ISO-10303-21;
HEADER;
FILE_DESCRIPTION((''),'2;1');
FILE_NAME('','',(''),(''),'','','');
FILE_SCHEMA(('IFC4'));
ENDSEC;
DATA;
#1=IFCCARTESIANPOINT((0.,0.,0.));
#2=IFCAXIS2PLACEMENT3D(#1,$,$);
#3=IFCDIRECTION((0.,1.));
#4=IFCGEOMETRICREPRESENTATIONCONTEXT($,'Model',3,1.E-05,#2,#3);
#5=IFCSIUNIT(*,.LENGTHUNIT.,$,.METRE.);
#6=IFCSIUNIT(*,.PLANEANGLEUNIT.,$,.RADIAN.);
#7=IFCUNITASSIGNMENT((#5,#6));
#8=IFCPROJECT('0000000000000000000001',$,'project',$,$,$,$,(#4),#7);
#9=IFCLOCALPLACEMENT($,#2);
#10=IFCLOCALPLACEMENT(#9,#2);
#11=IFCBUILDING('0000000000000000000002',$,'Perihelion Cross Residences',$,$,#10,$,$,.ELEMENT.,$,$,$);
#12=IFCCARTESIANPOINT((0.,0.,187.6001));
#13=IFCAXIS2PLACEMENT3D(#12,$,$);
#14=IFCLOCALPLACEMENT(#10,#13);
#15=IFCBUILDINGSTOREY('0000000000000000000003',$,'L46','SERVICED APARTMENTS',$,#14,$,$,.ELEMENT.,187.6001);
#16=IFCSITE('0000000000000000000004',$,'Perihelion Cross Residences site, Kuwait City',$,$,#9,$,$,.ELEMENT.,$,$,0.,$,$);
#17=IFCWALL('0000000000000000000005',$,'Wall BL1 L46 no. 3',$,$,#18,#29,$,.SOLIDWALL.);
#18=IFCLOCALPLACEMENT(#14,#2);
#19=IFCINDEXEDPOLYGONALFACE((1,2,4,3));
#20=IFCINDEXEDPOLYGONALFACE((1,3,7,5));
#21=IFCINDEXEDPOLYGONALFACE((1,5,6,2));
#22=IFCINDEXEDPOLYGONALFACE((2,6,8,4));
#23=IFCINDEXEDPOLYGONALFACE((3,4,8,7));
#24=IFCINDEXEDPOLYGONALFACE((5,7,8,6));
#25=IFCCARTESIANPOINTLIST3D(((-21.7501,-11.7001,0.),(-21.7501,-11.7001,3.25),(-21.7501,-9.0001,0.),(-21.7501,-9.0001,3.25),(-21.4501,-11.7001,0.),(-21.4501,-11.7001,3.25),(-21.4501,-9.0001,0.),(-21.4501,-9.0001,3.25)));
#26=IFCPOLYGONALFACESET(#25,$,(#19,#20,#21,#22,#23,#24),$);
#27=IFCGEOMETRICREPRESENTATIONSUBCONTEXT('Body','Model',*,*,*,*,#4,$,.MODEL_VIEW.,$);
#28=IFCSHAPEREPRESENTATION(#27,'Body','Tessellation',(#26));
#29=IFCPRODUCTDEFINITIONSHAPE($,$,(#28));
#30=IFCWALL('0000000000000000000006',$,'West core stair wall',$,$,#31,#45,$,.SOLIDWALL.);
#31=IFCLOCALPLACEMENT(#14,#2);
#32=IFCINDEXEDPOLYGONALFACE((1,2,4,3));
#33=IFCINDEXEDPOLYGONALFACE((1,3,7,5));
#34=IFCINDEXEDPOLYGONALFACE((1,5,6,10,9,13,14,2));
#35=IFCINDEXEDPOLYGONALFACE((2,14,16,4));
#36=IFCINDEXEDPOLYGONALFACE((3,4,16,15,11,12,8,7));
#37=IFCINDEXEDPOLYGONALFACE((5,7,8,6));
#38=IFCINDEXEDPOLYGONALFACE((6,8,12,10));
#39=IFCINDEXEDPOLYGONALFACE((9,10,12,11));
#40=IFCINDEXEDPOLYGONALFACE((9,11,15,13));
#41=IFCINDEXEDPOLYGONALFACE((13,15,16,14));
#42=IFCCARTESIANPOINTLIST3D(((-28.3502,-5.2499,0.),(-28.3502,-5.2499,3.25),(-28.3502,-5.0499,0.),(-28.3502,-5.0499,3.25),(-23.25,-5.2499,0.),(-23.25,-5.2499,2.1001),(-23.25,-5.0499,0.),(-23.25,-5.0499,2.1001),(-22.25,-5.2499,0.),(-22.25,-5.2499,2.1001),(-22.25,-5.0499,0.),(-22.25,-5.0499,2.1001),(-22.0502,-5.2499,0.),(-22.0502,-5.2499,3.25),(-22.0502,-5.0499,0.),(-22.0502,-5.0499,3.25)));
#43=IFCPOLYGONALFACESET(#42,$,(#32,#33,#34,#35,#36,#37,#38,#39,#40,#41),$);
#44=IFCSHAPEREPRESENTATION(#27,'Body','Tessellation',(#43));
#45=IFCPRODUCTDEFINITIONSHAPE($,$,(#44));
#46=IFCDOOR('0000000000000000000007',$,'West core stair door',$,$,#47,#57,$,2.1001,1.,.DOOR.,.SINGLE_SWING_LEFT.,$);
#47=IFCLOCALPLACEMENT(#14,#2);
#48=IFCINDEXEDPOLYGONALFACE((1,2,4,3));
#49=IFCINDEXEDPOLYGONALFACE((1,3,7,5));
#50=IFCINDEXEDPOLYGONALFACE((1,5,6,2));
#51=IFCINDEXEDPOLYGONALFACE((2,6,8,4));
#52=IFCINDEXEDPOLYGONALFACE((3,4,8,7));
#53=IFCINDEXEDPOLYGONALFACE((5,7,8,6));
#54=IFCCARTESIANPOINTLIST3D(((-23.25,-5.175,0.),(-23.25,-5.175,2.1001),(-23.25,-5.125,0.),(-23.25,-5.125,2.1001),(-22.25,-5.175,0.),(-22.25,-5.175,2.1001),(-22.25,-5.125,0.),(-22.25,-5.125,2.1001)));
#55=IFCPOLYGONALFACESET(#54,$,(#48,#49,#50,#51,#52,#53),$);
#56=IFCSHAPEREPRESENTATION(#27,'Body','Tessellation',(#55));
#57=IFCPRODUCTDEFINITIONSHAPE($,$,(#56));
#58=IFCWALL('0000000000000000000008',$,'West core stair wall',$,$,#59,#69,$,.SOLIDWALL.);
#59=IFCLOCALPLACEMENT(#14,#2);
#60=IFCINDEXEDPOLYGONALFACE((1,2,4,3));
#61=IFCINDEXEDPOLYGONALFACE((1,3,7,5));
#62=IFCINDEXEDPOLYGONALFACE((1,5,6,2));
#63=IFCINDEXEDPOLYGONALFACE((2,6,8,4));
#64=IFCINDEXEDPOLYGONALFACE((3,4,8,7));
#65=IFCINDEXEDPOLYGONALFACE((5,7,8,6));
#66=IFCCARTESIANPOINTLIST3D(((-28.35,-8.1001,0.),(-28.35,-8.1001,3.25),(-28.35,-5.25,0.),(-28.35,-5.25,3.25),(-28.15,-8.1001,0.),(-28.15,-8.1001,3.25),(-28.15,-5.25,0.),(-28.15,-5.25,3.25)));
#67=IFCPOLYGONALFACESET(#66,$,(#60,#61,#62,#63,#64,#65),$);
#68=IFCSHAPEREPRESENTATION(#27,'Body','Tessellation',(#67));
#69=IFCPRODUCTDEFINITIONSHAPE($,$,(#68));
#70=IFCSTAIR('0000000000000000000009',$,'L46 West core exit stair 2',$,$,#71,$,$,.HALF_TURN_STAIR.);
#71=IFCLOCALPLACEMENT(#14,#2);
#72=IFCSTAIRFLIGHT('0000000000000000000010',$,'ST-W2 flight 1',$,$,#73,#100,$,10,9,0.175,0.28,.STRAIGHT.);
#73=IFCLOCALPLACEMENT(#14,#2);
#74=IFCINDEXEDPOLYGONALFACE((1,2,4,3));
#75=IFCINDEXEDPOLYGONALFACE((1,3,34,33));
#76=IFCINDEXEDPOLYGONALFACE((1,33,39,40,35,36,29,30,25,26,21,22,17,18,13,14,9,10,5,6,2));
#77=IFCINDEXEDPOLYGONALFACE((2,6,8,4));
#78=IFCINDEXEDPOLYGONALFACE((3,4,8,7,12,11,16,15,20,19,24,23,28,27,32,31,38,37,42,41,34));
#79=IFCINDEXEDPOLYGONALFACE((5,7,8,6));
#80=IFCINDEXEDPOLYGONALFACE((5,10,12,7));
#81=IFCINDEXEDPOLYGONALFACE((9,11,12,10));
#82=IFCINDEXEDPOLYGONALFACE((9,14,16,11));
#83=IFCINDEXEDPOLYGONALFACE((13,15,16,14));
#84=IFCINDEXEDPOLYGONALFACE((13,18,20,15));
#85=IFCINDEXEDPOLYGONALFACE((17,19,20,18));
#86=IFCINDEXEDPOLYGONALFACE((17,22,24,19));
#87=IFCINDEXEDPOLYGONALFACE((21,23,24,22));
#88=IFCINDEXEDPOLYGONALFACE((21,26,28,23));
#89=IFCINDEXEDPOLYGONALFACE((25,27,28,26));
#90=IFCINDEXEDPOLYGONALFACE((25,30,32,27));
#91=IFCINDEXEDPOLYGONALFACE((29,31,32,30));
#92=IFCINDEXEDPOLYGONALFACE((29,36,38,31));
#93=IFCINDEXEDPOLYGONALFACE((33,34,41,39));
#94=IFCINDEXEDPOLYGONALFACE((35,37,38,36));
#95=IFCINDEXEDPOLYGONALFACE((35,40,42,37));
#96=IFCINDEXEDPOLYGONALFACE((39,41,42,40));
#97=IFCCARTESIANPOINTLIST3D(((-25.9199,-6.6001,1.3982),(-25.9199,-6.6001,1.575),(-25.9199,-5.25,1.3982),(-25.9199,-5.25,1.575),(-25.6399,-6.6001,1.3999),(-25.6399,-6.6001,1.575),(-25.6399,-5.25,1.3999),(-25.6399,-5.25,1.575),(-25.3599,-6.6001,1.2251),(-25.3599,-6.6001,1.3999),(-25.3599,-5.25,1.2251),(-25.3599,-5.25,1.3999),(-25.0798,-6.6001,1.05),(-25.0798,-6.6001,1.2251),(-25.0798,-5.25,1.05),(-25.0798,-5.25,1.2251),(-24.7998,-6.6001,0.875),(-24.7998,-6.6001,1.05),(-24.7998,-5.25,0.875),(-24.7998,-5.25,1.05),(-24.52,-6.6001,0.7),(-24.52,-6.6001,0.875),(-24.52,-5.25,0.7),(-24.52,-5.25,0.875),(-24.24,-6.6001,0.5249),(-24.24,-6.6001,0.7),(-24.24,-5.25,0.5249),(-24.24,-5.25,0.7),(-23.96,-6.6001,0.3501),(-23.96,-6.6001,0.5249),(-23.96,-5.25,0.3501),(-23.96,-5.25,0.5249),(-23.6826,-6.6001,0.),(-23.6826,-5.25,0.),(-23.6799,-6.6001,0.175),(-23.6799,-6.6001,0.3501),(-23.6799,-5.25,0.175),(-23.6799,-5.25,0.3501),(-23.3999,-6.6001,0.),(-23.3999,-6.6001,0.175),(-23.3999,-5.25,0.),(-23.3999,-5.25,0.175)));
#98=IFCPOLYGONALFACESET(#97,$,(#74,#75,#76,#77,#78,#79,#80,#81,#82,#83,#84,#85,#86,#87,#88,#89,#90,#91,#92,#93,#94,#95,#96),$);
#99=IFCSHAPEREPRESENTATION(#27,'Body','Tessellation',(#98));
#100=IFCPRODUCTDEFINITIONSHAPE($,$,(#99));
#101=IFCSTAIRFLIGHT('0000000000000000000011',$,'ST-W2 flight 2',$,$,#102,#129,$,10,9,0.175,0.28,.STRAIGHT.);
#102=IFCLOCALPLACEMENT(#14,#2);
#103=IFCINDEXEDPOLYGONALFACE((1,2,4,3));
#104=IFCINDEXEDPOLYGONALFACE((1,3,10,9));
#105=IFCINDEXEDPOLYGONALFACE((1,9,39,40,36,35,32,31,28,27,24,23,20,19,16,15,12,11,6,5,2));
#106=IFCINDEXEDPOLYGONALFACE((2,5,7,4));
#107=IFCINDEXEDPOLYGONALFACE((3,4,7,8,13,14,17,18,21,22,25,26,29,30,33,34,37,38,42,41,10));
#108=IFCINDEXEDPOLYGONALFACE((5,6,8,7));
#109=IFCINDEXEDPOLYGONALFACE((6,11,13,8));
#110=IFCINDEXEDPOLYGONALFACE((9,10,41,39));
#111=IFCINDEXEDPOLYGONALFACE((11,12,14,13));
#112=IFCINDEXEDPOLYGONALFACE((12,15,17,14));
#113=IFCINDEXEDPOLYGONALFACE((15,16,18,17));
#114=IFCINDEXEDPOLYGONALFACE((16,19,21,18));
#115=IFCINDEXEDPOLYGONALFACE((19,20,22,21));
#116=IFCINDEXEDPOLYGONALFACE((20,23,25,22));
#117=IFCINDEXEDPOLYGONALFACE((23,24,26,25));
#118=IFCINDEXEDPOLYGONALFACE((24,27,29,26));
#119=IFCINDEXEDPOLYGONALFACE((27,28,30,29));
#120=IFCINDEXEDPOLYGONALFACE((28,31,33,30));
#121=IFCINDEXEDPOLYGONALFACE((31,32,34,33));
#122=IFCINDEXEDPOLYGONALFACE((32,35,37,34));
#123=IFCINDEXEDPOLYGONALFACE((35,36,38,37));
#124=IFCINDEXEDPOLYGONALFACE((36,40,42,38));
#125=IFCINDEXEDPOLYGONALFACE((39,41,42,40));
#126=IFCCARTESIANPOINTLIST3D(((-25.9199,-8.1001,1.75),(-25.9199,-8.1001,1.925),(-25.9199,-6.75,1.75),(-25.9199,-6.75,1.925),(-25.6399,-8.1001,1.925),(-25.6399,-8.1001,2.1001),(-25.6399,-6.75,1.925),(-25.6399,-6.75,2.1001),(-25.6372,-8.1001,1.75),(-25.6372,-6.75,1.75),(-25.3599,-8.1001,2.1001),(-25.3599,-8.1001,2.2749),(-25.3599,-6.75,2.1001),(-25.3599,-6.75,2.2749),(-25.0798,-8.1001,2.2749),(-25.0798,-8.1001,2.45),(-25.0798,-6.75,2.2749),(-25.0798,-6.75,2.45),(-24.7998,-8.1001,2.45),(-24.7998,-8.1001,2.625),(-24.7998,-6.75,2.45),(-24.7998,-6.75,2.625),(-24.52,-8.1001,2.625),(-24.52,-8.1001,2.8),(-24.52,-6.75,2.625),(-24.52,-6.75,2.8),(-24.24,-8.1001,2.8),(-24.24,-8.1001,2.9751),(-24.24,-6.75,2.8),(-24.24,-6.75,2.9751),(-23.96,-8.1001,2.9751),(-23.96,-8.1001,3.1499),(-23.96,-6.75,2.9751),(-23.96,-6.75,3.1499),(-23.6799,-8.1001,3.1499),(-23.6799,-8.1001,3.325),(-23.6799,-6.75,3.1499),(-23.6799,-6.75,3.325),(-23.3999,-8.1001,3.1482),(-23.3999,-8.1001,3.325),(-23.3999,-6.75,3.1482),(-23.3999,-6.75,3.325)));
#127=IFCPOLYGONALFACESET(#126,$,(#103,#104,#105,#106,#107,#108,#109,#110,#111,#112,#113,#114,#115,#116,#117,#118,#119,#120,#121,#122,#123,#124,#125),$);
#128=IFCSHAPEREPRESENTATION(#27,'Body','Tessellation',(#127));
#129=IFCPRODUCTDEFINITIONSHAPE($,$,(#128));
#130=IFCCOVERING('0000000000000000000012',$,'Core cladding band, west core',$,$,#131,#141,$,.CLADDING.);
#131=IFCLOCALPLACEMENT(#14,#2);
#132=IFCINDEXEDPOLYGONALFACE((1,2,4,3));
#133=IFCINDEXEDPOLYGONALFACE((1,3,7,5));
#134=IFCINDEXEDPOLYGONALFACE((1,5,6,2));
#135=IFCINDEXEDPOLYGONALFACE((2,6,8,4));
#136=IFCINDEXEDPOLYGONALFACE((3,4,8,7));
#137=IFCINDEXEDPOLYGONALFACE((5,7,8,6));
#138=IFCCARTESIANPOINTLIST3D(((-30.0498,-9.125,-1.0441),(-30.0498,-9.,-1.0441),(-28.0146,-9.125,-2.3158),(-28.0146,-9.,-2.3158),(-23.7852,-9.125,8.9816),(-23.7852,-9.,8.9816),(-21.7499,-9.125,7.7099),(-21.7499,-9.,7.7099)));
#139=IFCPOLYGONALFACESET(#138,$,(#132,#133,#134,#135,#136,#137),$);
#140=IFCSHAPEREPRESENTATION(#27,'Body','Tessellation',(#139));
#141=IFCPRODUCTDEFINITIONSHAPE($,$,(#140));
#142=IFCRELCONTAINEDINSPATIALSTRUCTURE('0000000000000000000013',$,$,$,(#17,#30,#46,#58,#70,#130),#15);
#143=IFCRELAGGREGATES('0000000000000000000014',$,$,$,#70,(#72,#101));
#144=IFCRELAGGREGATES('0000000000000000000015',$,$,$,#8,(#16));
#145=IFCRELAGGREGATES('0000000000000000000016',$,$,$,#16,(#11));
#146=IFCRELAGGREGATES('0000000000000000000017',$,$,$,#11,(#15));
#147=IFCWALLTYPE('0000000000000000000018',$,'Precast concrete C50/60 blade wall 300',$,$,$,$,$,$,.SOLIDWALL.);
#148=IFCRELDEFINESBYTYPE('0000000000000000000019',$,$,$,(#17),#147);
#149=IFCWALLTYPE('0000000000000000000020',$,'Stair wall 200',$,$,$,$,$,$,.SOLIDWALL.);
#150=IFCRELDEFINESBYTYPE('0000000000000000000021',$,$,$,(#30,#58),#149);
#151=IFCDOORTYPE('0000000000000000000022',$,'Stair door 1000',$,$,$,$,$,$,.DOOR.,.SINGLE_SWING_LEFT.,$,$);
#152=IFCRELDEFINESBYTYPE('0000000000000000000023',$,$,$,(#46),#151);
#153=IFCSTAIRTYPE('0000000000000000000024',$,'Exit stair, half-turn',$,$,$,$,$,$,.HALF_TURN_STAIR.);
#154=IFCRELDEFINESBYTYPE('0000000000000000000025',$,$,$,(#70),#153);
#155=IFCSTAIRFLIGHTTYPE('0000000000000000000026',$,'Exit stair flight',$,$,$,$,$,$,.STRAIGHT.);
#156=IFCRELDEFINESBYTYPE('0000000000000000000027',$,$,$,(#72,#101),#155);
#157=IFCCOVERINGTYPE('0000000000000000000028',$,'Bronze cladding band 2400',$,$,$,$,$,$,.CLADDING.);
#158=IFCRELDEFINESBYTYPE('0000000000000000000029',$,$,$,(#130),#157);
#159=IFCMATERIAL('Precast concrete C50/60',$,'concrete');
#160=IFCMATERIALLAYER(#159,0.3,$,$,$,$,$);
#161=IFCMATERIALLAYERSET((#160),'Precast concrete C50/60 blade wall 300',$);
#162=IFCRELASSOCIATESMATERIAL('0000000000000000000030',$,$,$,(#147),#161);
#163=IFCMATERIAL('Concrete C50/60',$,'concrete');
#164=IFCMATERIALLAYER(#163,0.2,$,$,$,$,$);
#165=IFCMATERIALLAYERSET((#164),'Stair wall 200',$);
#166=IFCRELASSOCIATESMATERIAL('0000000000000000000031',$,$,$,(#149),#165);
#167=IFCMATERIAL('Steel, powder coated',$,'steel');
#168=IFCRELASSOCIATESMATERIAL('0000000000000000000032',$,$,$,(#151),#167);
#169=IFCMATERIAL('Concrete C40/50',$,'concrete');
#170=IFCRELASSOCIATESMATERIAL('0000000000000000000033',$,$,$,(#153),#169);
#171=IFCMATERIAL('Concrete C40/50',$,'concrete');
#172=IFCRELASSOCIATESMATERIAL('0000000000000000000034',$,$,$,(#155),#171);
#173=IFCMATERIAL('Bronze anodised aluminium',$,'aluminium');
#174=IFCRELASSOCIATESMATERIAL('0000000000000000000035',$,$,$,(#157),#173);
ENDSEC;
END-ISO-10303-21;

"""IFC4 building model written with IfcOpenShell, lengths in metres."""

from ifc_helpers import new_model, si_unit, direction, frame, frame_2d, origin, origin_2d, place, context, subcontext, project, spatial, polyline, rectangle, outline, extrude, material, layer, layer_set, material_profile, profile_set, type_object, element, fill, aggregate, save


model = new_model("IFC4")

# Units and contexts
model_context = context("Model", 3, precision=1e-05, world=origin(), true_north=direction((0.0, 1.0)))
body_context = subcontext(model_context, "Body", "Model", "MODEL_VIEW")
ifc_project = project(units=[si_unit("LENGTHUNIT", "METRE"), si_unit("PLANEANGLEUNIT", "RADIAN")], contexts=[model_context])

# Site, building, storey
site_placement = place(None, origin())
site = spatial("IfcSite", under=ifc_project, at=site_placement, Name="Perihelion Cross Residences site, Kuwait City", CompositionType="ELEMENT", RefElevation=0.0)
building_placement = place(site_placement, origin())
building = spatial("IfcBuilding", under=site, at=building_placement, Name="Perihelion Cross Residences", CompositionType="ELEMENT")
storey_placement = place(building_placement, frame((0.0, 0.0, 187.6001)))
storey = spatial("IfcBuildingStorey", under=building, at=storey_placement, Name="L46", Description="SERVICED APARTMENTS", CompositionType="ELEMENT", Elevation=187.6001)

# Wall
ifc_material_1 = material(Name="Precast concrete C50/60", Category="concrete")
ifc_layer_1 = layer(ifc_material_1, 0.3)
ifc_layer_set_1 = layer_set([ifc_layer_1], Name="Precast concrete C50/60 blade wall 300")
wall_type_1 = type_object("IfcWallType", Name="Precast concrete C50/60 blade wall 300", PredefinedType="SOLIDWALL", material=ifc_layer_set_1)
wall_1_placement = place(storey_placement, frame((-21.6001, -9.0, 0.0), z_axis=(0.0, 0.0, 1.0), x_axis=(0.0, -1.0, 0.0)))
element("IfcWall", 1, at=wall_1_placement, inside=storey, type_object=wall_type_1, Name="Wall BL1 L46 no. 3", PredefinedType="SOLIDWALL", context=body_context, shape_type="SweptSolid", body=[
    extrude(rectangle(XDim=2.7, YDim=0.3, at=frame_2d((1.3501, 0.0))), origin(), (0.0, 0.0, 1.0), 3.25),
])

# Wall, opening, door
ifc_material_2 = material(Name="Concrete C50/60", Category="concrete")
ifc_layer_2 = layer(ifc_material_2, 0.2)
ifc_layer_set_2 = layer_set([ifc_layer_2], Name="Stair wall 200")
wall_type_2 = type_object("IfcWallType", Name="Stair wall 200", PredefinedType="SOLIDWALL", material=ifc_layer_set_2)
wall_2_placement = place(storey_placement, frame((-28.3501, -5.1499, 0.0), z_axis=(0.0, 0.0, 1.0), x_axis=(1.0, 0.0, 0.0)))
wall_2 = element("IfcWall", 2, at=wall_2_placement, inside=storey, type_object=wall_type_2, Name="West core stair wall", PredefinedType="SOLIDWALL", context=body_context, shape_type="SweptSolid", body=[
    extrude(rectangle(XDim=6.3, YDim=0.2, at=frame_2d((3.1499, 0.0))), origin(), (0.0, 0.0, 1.0), 3.25),
])
opening_1_placement = place(wall_2_placement, frame((5.1001, 0.0, 0.0)))
opening_1 = element("IfcOpeningElement", 3, at=opening_1_placement, cuts=wall_2, PredefinedType="OPENING", context=body_context, shape_type="SweptSolid", body=[
    extrude(rectangle(XDim=1.0, YDim=2.1001, at=frame_2d((0.5, 1.05))), frame((0.0, 0.1099, 0.0), z_axis=(0.0, -1.0, 0.0), x_axis=(1.0, 0.0, 0.0)), (0.0, 0.0, 1.0), 0.22),
])
ifc_material_3 = material(Name="Steel, powder coated", Category="steel")
door_type_1 = type_object("IfcDoorType", Name="Stair door 1000", OperationType="SINGLE_SWING_LEFT", PredefinedType="DOOR", material=ifc_material_3)
door_1_placement = place(opening_1_placement, origin())
door_1 = element("IfcDoor", 4, at=door_1_placement, inside=storey, type_object=door_type_1, Name="West core stair door", OperationType="SINGLE_SWING_LEFT", OverallHeight=2.1001, OverallWidth=1.0, PredefinedType="DOOR", context=body_context, shape_type="SweptSolid", body=[
    extrude(rectangle(XDim=1.0, YDim=2.1001, at=frame_2d((0.5, 1.05))), frame((0.0, 0.0249, 0.0), z_axis=(0.0, -1.0, 0.0), x_axis=(1.0, 0.0, 0.0)), (0.0, 0.0, 1.0), 0.05),
])
fill(opening_1, door_1)

# Wall
wall_3_placement = place(storey_placement, frame((-28.25, -8.1001, 0.0), z_axis=(0.0, 0.0, 1.0), x_axis=(0.0, 1.0, 0.0)))
element("IfcWall", 5, at=wall_3_placement, inside=storey, type_object=wall_type_2, Name="West core stair wall", PredefinedType="SOLIDWALL", context=body_context, shape_type="SweptSolid", body=[
    extrude(rectangle(XDim=2.8501, YDim=0.2, at=frame_2d((1.425, 0.0))), origin(), (0.0, 0.0, 1.0), 3.25),
])

# Stair, stair flights
ifc_material_4 = material(Name="Concrete C40/50", Category="concrete")
stair_type = type_object("IfcStairType", Name="Exit stair, half-turn", PredefinedType="HALF_TURN_STAIR", material=ifc_material_4)
stair_placement = place(storey_placement, origin())
stair = element("IfcStair", 6, at=stair_placement, inside=storey, type_object=stair_type, Name="L46 West core exit stair 2", PredefinedType="HALF_TURN_STAIR")
ifc_material_5 = material(Name="Concrete C40/50", Category="concrete")
stair_flight_type = type_object("IfcStairFlightType", Name="Exit stair flight", PredefinedType="STRAIGHT", material=ifc_material_5)
stair_flight_1_placement = place(storey_placement, frame((-23.3999, -5.925, 0.0), z_axis=(0.0, 0.0, 1.0), x_axis=(-1.0, 0.0, 0.0)))
stair_flight_1 = element("IfcStairFlight", 7, at=stair_flight_1_placement, type_object=stair_flight_type, Name="ST-W2 flight 1", NumberOfRisers=10, NumberOfTreads=9, PredefinedType="STRAIGHT", RiserHeight=0.175, TreadLength=0.28, context=body_context, shape_type="SweptSolid", body=[
    extrude(outline(polyline([(0.0, 0.0), (0.0, 0.175), (0.28, 0.175), (0.28, 0.3501), (0.5601, 0.3501), (0.5601, 0.5249), (0.8401, 0.5249), (0.8401, 0.7), (1.1201, 0.7), (1.1201, 0.875), (1.3999, 0.875), (1.3999, 1.05), (1.6799, 1.05), (1.6799, 1.2251), (1.96, 1.2251), (1.96, 1.3999), (2.24, 1.3999), (2.24, 1.575), (2.52, 1.575), (2.52, 1.75), (2.52, 1.3982), (0.2827, 0.0), (0.0, 0.0)])), frame((0.0, 0.675, 0.0), z_axis=(0.0, -1.0, 0.0), x_axis=(1.0, 0.0, 0.0)), (0.0, 0.0, 1.0), 1.3501),
])
stair_flight_2_placement = place(storey_placement, frame((-25.9199, -7.425, 1.75), z_axis=(0.0, 0.0, 1.0), x_axis=(1.0, 0.0, 0.0)))
stair_flight_2 = element("IfcStairFlight", 8, at=stair_flight_2_placement, type_object=stair_flight_type, Name="ST-W2 flight 2", NumberOfRisers=10, NumberOfTreads=9, PredefinedType="STRAIGHT", RiserHeight=0.175, TreadLength=0.28, context=body_context, shape_type="SweptSolid", body=[
    extrude(outline(polyline([(0.0, 0.0), (0.0, 0.175), (0.28, 0.175), (0.28, 0.3501), (0.5601, 0.3501), (0.5601, 0.5249), (0.8401, 0.5249), (0.8401, 0.7), (1.1201, 0.7), (1.1201, 0.875), (1.3999, 0.875), (1.3999, 1.05), (1.6799, 1.05), (1.6799, 1.2251), (1.96, 1.2251), (1.96, 1.3999), (2.24, 1.3999), (2.24, 1.575), (2.52, 1.575), (2.52, 1.75), (2.52, 1.3982), (0.2827, 0.0), (0.0, 0.0)])), frame((0.0, 0.675, 0.0), z_axis=(0.0, -1.0, 0.0), x_axis=(1.0, 0.0, 0.0)), (0.0, 0.0, 1.0), 1.3501),
])
aggregate(stair, [stair_flight_1, stair_flight_2])

# Covering
ifc_material_6 = material(Name="Bronze anodised aluminium", Category="aluminium")
ifc_material_profile_1 = material_profile(ifc_material_6, rectangle(XDim=0.125, YDim=2.3999, at=origin_2d()), Name="Bronze cladding band 2400")
ifc_profile_set_1 = profile_set([ifc_material_profile_1], Name="Bronze anodised aluminium")
covering_type = type_object("IfcCoveringType", Name="Bronze cladding band 2400", PredefinedType="CLADDING", material=ifc_profile_set_1)
covering_placement = place(storey_placement, frame((-29.0322, -9.0625, -1.6799), z_axis=(0.529915, 0.0, 0.848051), x_axis=(0.0, 1.0, 0.0)))
element("IfcCovering", 9, at=covering_placement, inside=storey, type_object=covering_type, Name="Core cladding band, west core", PredefinedType="CLADDING", context=body_context, shape_type="SweptSolid", body=[
    extrude(rectangle(XDim=0.125, YDim=2.3999, at=origin_2d()), origin(), (0.0, 0.0, 1.0), 11.822),
])

save(model, "model.ifc")
